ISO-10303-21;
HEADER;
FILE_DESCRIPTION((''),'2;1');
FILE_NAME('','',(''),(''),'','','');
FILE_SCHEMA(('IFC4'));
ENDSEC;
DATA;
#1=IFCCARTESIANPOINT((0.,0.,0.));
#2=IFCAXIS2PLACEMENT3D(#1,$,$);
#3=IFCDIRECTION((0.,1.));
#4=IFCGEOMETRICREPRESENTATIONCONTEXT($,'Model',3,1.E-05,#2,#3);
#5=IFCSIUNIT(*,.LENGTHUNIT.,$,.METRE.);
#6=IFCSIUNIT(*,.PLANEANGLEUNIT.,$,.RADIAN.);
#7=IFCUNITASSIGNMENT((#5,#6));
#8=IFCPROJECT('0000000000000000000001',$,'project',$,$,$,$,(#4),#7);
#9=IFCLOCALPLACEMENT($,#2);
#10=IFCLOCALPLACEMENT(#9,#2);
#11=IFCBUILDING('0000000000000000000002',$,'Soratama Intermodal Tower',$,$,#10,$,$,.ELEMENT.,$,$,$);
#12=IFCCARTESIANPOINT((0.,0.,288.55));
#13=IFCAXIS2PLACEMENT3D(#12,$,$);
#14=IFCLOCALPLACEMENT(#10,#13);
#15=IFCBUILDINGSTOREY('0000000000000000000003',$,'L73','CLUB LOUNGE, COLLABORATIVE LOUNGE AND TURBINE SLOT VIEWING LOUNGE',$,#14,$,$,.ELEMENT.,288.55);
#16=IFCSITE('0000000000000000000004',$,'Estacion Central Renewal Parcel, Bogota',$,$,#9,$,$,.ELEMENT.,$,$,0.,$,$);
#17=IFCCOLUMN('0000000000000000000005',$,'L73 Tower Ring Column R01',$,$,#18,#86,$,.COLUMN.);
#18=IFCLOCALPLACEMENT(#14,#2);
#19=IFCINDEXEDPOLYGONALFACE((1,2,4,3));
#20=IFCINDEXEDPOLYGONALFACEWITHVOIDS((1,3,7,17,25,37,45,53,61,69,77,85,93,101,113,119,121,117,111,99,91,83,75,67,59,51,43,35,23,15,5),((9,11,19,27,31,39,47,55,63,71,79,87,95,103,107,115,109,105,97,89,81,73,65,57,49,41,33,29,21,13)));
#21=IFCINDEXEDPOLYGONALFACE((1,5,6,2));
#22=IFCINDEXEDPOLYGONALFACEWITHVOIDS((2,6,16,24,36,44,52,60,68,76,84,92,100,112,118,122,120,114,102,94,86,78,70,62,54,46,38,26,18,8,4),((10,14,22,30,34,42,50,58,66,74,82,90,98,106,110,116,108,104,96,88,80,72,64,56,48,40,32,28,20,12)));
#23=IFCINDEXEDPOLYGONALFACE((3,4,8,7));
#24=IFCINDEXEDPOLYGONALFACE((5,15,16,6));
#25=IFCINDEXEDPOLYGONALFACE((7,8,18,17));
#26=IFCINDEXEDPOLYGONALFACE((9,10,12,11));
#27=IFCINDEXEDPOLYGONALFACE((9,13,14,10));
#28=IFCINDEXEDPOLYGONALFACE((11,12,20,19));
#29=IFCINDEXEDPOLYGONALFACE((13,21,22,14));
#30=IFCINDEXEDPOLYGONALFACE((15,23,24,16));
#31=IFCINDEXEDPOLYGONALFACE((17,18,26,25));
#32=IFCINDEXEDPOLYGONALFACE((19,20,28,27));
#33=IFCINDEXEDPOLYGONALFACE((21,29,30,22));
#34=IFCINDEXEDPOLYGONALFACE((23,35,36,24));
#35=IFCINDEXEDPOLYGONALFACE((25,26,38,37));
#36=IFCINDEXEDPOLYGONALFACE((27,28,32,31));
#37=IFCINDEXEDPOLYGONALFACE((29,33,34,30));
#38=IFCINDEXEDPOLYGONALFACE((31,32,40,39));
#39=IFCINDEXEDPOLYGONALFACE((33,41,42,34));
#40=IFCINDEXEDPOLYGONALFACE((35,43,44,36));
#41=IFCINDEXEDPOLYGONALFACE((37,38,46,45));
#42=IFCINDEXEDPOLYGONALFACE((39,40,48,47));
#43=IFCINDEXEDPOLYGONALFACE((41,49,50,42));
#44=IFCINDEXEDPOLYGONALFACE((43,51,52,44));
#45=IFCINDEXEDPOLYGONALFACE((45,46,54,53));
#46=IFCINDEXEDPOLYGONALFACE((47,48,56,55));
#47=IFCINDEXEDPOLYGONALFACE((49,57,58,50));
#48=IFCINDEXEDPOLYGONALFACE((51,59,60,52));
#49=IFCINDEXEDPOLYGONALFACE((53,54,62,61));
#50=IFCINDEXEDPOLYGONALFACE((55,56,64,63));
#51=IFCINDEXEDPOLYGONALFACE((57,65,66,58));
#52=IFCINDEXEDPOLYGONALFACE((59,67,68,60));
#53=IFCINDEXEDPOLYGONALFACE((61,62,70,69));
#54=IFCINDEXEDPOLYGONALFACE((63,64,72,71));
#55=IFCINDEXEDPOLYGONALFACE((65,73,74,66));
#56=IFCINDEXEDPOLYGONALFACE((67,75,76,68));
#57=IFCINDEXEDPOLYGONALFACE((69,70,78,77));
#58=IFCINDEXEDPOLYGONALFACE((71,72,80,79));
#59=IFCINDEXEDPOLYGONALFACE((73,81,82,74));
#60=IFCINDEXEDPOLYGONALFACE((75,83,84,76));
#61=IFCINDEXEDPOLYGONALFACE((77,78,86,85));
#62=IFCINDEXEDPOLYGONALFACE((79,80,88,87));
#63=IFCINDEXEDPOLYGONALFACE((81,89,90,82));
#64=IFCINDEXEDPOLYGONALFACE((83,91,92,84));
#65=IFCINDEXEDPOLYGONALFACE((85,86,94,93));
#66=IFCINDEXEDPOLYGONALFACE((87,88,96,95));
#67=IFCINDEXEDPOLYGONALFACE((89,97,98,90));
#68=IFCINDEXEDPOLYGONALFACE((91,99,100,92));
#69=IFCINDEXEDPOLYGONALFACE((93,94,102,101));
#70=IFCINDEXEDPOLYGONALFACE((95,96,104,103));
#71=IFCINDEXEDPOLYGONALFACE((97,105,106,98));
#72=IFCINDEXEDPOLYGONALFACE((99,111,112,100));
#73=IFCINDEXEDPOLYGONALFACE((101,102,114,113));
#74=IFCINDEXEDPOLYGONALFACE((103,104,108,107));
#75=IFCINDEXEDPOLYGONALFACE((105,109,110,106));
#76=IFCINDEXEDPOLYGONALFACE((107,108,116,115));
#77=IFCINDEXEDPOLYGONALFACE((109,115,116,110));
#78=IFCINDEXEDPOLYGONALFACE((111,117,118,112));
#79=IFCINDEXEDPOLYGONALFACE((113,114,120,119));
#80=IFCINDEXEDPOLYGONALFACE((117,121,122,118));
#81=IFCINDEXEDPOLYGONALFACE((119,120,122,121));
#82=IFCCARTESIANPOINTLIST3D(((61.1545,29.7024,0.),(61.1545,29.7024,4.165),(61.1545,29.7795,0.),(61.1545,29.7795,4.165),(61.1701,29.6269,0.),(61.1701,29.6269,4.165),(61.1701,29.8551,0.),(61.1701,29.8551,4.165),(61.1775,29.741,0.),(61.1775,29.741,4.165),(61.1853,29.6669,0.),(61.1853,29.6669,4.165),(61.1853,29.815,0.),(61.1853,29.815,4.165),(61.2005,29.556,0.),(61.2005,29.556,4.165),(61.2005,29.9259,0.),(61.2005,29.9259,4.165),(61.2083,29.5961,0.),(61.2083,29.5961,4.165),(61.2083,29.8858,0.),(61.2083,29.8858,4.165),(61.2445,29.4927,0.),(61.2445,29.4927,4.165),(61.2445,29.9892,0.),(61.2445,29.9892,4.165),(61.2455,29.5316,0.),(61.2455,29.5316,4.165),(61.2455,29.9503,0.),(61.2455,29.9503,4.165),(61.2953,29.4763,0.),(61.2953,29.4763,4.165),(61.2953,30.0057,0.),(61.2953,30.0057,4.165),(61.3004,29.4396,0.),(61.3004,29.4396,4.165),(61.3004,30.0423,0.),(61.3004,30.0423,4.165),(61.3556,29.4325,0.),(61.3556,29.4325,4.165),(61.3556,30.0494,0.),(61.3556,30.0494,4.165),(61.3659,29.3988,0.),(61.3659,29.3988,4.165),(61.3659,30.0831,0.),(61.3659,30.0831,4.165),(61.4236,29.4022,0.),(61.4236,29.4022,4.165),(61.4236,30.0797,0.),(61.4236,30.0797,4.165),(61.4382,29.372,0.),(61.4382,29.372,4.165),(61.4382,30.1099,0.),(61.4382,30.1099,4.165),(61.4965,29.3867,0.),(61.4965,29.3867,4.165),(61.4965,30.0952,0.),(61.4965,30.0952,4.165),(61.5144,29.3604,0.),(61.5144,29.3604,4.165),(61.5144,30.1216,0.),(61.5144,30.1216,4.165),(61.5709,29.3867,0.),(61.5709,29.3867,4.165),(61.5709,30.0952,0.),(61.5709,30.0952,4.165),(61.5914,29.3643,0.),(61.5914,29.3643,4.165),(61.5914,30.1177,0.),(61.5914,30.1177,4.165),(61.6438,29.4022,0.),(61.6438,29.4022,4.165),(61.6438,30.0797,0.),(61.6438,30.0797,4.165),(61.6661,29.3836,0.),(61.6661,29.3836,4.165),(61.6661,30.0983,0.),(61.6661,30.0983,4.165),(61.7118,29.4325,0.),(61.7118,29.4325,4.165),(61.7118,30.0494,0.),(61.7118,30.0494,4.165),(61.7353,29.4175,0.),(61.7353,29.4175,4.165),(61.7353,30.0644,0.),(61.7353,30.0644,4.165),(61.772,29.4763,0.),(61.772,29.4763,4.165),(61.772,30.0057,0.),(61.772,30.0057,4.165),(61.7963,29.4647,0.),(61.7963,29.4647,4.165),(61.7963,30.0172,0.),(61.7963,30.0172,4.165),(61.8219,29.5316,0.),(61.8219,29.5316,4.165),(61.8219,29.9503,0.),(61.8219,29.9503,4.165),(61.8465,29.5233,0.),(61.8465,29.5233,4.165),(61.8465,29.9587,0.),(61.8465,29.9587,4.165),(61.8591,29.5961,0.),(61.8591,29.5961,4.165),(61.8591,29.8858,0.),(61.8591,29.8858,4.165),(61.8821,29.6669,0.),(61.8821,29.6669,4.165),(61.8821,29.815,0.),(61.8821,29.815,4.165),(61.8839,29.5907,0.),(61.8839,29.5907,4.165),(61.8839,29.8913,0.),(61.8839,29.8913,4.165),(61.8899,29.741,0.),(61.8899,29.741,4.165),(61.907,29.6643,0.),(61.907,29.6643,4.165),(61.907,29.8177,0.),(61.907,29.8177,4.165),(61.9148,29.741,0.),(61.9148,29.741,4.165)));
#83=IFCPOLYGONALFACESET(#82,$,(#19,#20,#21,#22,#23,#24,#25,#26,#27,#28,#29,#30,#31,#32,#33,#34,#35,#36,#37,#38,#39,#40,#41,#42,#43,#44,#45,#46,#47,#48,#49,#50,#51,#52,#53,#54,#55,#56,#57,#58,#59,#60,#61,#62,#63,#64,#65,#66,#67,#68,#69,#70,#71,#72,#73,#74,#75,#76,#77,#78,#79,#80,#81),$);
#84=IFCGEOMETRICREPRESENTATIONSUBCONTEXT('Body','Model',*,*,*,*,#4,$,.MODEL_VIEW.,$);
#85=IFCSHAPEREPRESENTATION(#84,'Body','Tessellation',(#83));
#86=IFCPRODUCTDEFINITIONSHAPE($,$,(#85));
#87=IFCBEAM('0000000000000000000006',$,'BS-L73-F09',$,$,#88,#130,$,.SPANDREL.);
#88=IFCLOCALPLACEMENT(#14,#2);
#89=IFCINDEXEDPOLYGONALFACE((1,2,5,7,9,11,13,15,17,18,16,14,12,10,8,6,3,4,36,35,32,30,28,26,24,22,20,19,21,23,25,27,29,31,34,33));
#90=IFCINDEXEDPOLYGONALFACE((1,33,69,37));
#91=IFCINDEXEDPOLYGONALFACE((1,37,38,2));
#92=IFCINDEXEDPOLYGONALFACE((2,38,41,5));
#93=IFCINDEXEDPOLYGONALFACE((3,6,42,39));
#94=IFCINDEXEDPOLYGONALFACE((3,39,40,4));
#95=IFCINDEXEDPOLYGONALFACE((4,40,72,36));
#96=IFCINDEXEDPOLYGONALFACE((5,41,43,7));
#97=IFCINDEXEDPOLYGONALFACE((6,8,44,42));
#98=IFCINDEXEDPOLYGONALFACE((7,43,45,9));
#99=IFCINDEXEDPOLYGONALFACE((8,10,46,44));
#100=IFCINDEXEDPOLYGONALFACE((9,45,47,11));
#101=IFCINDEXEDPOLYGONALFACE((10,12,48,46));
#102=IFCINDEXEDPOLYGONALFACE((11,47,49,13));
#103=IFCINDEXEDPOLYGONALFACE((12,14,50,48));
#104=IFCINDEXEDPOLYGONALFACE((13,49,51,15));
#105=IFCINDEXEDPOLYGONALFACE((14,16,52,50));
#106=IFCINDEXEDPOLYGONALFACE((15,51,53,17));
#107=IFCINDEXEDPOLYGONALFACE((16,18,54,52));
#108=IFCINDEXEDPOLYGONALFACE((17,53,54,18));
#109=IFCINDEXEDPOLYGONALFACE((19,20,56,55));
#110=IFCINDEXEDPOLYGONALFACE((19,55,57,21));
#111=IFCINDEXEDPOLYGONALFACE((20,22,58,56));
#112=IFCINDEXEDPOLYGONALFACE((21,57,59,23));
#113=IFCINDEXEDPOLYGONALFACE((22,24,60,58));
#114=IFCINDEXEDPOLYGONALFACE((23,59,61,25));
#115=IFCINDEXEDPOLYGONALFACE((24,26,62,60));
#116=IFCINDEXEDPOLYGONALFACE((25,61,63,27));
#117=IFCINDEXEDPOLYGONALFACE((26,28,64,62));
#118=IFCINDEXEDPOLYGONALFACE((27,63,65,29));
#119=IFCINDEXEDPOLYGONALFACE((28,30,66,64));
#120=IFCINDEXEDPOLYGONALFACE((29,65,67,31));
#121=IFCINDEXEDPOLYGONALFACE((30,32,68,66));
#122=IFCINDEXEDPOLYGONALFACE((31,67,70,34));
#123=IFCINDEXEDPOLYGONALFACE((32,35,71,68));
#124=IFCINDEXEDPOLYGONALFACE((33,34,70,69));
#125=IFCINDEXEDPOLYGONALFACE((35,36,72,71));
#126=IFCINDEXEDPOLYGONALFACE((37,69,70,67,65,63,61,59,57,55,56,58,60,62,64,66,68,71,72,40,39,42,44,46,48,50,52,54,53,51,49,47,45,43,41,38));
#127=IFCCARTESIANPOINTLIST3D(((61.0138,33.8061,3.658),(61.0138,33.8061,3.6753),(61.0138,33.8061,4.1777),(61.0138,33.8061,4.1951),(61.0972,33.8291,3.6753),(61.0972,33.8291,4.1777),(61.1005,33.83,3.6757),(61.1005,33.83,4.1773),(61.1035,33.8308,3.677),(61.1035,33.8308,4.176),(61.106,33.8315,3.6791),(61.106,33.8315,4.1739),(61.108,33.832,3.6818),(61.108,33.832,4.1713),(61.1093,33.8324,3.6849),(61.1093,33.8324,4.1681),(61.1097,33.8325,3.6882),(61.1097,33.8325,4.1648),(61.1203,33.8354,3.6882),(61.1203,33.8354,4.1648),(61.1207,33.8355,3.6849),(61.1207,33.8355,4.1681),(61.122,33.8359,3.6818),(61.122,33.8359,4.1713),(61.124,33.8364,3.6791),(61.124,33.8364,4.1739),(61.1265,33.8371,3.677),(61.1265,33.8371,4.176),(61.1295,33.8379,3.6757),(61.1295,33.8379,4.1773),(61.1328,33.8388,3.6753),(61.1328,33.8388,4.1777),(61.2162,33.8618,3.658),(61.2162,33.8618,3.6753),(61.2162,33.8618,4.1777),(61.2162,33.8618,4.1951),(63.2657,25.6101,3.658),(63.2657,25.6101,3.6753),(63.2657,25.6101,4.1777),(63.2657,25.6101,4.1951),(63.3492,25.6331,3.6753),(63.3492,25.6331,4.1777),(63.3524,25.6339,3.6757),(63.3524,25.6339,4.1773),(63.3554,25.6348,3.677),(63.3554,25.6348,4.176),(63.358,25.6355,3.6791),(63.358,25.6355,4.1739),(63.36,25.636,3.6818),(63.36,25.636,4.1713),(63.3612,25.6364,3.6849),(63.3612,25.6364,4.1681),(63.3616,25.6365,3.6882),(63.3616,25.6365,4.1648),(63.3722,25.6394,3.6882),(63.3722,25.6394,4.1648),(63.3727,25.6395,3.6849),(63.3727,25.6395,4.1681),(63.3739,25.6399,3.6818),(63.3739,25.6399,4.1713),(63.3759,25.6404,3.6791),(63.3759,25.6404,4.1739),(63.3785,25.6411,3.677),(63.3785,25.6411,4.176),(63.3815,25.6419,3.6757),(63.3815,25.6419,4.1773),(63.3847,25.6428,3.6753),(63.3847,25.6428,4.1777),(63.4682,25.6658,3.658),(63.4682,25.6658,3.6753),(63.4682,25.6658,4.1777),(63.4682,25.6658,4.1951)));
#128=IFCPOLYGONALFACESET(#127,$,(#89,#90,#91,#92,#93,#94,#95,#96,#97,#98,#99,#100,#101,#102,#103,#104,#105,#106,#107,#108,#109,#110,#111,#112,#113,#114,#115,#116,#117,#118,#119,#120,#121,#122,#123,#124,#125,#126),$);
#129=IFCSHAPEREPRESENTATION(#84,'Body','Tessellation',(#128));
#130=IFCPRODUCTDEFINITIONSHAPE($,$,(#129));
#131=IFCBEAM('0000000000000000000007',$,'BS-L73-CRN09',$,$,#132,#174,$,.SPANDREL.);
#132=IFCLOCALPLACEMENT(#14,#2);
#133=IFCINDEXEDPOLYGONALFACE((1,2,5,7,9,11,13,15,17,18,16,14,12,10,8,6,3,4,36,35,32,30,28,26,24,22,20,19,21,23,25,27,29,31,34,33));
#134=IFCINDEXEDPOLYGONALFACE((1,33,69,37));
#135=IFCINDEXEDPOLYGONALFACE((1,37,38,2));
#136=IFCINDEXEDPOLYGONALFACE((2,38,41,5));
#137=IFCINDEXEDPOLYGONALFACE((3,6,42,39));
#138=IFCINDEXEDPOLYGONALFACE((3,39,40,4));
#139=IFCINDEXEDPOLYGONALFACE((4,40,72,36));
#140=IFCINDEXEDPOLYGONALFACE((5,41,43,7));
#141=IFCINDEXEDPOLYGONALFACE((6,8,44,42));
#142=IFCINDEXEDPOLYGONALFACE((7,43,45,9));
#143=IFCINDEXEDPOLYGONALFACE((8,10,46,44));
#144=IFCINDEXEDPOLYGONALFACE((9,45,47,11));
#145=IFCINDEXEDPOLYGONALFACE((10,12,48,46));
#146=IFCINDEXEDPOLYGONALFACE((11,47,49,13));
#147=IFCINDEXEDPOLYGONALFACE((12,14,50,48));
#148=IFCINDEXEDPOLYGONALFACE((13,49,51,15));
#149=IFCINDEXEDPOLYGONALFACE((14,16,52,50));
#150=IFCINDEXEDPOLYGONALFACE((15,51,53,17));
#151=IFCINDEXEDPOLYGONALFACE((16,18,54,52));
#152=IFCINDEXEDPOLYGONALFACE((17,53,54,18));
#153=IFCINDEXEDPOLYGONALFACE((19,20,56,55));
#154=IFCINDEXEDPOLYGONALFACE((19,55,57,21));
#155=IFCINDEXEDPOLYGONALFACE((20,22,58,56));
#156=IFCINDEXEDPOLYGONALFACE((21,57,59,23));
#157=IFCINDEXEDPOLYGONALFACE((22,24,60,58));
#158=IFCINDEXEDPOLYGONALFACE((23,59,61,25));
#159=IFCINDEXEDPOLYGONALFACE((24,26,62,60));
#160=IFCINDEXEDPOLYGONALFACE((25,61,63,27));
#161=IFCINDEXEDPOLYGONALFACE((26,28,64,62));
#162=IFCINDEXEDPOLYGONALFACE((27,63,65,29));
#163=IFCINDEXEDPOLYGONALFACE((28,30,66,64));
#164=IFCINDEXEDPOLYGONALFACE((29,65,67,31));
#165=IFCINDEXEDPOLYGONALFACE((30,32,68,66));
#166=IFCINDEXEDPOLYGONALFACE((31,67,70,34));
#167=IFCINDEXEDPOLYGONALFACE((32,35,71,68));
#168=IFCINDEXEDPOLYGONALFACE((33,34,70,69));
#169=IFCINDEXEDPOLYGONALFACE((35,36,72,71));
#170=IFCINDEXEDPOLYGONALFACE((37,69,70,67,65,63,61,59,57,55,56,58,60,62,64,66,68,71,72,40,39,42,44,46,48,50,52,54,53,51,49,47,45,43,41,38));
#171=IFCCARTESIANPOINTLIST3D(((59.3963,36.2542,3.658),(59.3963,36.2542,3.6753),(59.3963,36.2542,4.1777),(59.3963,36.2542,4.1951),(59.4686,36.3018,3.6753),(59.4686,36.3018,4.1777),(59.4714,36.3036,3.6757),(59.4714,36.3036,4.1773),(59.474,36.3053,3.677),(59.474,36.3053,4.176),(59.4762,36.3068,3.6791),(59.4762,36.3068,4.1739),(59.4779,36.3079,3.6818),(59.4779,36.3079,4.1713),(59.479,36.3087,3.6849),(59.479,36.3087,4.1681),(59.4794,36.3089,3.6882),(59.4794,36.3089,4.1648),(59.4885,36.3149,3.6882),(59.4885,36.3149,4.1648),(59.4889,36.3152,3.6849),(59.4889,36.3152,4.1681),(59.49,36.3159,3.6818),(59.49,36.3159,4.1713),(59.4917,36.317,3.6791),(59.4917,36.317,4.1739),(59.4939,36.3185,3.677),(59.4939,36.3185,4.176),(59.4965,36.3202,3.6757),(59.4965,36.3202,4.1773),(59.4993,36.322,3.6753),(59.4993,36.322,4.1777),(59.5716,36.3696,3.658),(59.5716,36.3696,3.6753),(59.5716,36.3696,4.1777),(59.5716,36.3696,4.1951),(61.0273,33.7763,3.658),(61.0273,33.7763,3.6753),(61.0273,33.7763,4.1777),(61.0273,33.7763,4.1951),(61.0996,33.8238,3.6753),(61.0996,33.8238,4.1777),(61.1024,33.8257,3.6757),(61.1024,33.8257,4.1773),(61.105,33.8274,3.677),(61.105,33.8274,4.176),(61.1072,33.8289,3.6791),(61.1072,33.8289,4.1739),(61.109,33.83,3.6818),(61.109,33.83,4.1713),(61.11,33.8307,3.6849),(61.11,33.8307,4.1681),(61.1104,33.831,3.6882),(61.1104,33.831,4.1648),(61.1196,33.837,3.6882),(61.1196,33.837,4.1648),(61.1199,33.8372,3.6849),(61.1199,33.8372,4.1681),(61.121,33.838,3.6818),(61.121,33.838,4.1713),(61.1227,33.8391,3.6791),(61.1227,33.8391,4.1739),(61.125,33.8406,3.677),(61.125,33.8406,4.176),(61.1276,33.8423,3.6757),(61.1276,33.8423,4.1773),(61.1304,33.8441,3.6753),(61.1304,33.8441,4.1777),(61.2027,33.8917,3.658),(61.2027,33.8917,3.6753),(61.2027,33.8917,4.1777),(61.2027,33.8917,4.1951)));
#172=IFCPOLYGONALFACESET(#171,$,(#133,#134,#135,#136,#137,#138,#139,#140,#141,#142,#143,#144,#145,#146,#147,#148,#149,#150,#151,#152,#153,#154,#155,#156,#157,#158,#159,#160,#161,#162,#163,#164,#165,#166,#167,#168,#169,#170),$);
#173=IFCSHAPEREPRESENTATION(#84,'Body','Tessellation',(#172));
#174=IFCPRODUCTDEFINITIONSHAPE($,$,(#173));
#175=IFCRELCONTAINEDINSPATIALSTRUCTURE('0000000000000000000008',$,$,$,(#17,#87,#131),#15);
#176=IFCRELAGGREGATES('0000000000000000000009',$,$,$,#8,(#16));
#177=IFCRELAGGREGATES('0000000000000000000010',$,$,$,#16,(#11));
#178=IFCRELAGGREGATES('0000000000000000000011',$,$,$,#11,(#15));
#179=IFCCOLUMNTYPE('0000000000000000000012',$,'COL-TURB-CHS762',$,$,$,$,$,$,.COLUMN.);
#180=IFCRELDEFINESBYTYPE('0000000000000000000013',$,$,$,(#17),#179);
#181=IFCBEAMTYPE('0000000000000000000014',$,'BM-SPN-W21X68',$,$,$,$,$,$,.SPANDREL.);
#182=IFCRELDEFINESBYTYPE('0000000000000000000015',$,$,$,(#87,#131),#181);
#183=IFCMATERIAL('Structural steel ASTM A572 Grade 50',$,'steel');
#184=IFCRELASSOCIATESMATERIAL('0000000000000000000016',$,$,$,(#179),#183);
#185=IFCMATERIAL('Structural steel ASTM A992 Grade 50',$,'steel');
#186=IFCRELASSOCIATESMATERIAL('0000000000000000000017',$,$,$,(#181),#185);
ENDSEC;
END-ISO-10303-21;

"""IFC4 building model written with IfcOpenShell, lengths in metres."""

from ifc_helpers import new_model, si_unit, direction, frame, origin, origin_2d, place, context, subcontext, project, spatial, hollow_circle, i_section, extrude, material, material_profile, profile_set, type_object, element, save


model = new_model("IFC4")

# Units and contexts
model_context = context("Model", 3, precision=1e-05, world=origin(), true_north=direction((0.0, 1.0)))
body_context = subcontext(model_context, "Body", "Model", "MODEL_VIEW")
ifc_project = project(units=[si_unit("LENGTHUNIT", "METRE"), si_unit("PLANEANGLEUNIT", "RADIAN")], contexts=[model_context])

# Site, building, storey
site_placement = place(None, origin())
site = spatial("IfcSite", under=ifc_project, at=site_placement, Name="Estacion Central Renewal Parcel, Bogota", CompositionType="ELEMENT", RefElevation=0.0)
building_placement = place(site_placement, origin())
building = spatial("IfcBuilding", under=site, at=building_placement, Name="Soratama Intermodal Tower", CompositionType="ELEMENT")
storey_placement = place(building_placement, frame((0.0, 0.0, 288.55)))
storey = spatial("IfcBuildingStorey", under=building, at=storey_placement, Name="L73", Description="CLUB LOUNGE, COLLABORATIVE LOUNGE AND TURBINE SLOT VIEWING LOUNGE", CompositionType="ELEMENT", Elevation=288.55)

# Column
ifc_material_1 = material(Name="Structural steel ASTM A572 Grade 50", Category="steel")
ifc_material_profile_1 = material_profile(ifc_material_1, hollow_circle(Radius=0.3811, WallThickness=0.0249, at=origin_2d()), Name="CHS762X25")
ifc_profile_set_1 = profile_set([ifc_material_profile_1], Name="Structural steel ASTM A572 Grade 50")
column_type = type_object("IfcColumnType", Name="COL-TURB-CHS762", PredefinedType="COLUMN", material=ifc_profile_set_1)
column_placement = place(storey_placement, frame((61.5337, 29.741, 0.0), z_axis=(0.0, 0.0, 1.0), x_axis=(1.0, 0.0, 0.0)))
element("IfcColumn", 1, at=column_placement, inside=storey, type_object=column_type, Name="L73 Tower Ring Column R01", PredefinedType="COLUMN", context=body_context, shape_type="SweptSolid", body=[
    extrude(hollow_circle(Radius=0.3811, WallThickness=0.0249, at=origin_2d()), origin(), (0.0, 0.0, 1.0), 4.165),
])

# Beams
ifc_material_2 = material(Name="Structural steel ASTM A992 Grade 50", Category="steel")
ifc_material_profile_2 = material_profile(ifc_material_2, i_section(OverallWidth=0.21, OverallDepth=0.5371, WebThickness=0.011, FlangeThickness=0.0173, FilletRadius=0.0129, at=origin_2d()), Name="W21X68")
ifc_profile_set_2 = profile_set([ifc_material_profile_2], Name="Structural steel ASTM A992 Grade 50")
beam_type_1 = type_object("IfcBeamType", Name="BM-SPN-W21X68", PredefinedType="SPANDREL", material=ifc_profile_set_2)
beam_1_placement = place(storey_placement, frame((63.3669, 25.6379, 3.9265), z_axis=(-0.264942, 0.964264, 0.0), x_axis=(-0.964264, -0.264942, 0.0)))
element("IfcBeam", 2, at=beam_1_placement, inside=storey, type_object=beam_type_1, Name="BS-L73-F09", PredefinedType="SPANDREL", context=body_context, shape_type="SweptSolid", body=[
    extrude(i_section(OverallWidth=0.21, OverallDepth=0.5371, WebThickness=0.011, FlangeThickness=0.0173, FilletRadius=0.0129, at=origin_2d()), origin(), (0.0, 0.0, 1.0), 8.4998),
])
beam_2_placement = place(storey_placement, frame((61.115, 33.834, 3.9265), z_axis=(-0.54981, 0.83529, 0.0), x_axis=(-0.83529, -0.54981, 0.0)))
element("IfcBeam", 3, at=beam_2_placement, inside=storey, type_object=beam_type_1, Name="BS-L73-CRN09", PredefinedType="SPANDREL", context=body_context, shape_type="SweptSolid", body=[
    extrude(i_section(OverallWidth=0.21, OverallDepth=0.5371, WebThickness=0.011, FlangeThickness=0.0173, FilletRadius=0.0129, at=origin_2d()), origin(), (0.0, 0.0, 1.0), 2.9666),
])

save(model, "model.ifc")
